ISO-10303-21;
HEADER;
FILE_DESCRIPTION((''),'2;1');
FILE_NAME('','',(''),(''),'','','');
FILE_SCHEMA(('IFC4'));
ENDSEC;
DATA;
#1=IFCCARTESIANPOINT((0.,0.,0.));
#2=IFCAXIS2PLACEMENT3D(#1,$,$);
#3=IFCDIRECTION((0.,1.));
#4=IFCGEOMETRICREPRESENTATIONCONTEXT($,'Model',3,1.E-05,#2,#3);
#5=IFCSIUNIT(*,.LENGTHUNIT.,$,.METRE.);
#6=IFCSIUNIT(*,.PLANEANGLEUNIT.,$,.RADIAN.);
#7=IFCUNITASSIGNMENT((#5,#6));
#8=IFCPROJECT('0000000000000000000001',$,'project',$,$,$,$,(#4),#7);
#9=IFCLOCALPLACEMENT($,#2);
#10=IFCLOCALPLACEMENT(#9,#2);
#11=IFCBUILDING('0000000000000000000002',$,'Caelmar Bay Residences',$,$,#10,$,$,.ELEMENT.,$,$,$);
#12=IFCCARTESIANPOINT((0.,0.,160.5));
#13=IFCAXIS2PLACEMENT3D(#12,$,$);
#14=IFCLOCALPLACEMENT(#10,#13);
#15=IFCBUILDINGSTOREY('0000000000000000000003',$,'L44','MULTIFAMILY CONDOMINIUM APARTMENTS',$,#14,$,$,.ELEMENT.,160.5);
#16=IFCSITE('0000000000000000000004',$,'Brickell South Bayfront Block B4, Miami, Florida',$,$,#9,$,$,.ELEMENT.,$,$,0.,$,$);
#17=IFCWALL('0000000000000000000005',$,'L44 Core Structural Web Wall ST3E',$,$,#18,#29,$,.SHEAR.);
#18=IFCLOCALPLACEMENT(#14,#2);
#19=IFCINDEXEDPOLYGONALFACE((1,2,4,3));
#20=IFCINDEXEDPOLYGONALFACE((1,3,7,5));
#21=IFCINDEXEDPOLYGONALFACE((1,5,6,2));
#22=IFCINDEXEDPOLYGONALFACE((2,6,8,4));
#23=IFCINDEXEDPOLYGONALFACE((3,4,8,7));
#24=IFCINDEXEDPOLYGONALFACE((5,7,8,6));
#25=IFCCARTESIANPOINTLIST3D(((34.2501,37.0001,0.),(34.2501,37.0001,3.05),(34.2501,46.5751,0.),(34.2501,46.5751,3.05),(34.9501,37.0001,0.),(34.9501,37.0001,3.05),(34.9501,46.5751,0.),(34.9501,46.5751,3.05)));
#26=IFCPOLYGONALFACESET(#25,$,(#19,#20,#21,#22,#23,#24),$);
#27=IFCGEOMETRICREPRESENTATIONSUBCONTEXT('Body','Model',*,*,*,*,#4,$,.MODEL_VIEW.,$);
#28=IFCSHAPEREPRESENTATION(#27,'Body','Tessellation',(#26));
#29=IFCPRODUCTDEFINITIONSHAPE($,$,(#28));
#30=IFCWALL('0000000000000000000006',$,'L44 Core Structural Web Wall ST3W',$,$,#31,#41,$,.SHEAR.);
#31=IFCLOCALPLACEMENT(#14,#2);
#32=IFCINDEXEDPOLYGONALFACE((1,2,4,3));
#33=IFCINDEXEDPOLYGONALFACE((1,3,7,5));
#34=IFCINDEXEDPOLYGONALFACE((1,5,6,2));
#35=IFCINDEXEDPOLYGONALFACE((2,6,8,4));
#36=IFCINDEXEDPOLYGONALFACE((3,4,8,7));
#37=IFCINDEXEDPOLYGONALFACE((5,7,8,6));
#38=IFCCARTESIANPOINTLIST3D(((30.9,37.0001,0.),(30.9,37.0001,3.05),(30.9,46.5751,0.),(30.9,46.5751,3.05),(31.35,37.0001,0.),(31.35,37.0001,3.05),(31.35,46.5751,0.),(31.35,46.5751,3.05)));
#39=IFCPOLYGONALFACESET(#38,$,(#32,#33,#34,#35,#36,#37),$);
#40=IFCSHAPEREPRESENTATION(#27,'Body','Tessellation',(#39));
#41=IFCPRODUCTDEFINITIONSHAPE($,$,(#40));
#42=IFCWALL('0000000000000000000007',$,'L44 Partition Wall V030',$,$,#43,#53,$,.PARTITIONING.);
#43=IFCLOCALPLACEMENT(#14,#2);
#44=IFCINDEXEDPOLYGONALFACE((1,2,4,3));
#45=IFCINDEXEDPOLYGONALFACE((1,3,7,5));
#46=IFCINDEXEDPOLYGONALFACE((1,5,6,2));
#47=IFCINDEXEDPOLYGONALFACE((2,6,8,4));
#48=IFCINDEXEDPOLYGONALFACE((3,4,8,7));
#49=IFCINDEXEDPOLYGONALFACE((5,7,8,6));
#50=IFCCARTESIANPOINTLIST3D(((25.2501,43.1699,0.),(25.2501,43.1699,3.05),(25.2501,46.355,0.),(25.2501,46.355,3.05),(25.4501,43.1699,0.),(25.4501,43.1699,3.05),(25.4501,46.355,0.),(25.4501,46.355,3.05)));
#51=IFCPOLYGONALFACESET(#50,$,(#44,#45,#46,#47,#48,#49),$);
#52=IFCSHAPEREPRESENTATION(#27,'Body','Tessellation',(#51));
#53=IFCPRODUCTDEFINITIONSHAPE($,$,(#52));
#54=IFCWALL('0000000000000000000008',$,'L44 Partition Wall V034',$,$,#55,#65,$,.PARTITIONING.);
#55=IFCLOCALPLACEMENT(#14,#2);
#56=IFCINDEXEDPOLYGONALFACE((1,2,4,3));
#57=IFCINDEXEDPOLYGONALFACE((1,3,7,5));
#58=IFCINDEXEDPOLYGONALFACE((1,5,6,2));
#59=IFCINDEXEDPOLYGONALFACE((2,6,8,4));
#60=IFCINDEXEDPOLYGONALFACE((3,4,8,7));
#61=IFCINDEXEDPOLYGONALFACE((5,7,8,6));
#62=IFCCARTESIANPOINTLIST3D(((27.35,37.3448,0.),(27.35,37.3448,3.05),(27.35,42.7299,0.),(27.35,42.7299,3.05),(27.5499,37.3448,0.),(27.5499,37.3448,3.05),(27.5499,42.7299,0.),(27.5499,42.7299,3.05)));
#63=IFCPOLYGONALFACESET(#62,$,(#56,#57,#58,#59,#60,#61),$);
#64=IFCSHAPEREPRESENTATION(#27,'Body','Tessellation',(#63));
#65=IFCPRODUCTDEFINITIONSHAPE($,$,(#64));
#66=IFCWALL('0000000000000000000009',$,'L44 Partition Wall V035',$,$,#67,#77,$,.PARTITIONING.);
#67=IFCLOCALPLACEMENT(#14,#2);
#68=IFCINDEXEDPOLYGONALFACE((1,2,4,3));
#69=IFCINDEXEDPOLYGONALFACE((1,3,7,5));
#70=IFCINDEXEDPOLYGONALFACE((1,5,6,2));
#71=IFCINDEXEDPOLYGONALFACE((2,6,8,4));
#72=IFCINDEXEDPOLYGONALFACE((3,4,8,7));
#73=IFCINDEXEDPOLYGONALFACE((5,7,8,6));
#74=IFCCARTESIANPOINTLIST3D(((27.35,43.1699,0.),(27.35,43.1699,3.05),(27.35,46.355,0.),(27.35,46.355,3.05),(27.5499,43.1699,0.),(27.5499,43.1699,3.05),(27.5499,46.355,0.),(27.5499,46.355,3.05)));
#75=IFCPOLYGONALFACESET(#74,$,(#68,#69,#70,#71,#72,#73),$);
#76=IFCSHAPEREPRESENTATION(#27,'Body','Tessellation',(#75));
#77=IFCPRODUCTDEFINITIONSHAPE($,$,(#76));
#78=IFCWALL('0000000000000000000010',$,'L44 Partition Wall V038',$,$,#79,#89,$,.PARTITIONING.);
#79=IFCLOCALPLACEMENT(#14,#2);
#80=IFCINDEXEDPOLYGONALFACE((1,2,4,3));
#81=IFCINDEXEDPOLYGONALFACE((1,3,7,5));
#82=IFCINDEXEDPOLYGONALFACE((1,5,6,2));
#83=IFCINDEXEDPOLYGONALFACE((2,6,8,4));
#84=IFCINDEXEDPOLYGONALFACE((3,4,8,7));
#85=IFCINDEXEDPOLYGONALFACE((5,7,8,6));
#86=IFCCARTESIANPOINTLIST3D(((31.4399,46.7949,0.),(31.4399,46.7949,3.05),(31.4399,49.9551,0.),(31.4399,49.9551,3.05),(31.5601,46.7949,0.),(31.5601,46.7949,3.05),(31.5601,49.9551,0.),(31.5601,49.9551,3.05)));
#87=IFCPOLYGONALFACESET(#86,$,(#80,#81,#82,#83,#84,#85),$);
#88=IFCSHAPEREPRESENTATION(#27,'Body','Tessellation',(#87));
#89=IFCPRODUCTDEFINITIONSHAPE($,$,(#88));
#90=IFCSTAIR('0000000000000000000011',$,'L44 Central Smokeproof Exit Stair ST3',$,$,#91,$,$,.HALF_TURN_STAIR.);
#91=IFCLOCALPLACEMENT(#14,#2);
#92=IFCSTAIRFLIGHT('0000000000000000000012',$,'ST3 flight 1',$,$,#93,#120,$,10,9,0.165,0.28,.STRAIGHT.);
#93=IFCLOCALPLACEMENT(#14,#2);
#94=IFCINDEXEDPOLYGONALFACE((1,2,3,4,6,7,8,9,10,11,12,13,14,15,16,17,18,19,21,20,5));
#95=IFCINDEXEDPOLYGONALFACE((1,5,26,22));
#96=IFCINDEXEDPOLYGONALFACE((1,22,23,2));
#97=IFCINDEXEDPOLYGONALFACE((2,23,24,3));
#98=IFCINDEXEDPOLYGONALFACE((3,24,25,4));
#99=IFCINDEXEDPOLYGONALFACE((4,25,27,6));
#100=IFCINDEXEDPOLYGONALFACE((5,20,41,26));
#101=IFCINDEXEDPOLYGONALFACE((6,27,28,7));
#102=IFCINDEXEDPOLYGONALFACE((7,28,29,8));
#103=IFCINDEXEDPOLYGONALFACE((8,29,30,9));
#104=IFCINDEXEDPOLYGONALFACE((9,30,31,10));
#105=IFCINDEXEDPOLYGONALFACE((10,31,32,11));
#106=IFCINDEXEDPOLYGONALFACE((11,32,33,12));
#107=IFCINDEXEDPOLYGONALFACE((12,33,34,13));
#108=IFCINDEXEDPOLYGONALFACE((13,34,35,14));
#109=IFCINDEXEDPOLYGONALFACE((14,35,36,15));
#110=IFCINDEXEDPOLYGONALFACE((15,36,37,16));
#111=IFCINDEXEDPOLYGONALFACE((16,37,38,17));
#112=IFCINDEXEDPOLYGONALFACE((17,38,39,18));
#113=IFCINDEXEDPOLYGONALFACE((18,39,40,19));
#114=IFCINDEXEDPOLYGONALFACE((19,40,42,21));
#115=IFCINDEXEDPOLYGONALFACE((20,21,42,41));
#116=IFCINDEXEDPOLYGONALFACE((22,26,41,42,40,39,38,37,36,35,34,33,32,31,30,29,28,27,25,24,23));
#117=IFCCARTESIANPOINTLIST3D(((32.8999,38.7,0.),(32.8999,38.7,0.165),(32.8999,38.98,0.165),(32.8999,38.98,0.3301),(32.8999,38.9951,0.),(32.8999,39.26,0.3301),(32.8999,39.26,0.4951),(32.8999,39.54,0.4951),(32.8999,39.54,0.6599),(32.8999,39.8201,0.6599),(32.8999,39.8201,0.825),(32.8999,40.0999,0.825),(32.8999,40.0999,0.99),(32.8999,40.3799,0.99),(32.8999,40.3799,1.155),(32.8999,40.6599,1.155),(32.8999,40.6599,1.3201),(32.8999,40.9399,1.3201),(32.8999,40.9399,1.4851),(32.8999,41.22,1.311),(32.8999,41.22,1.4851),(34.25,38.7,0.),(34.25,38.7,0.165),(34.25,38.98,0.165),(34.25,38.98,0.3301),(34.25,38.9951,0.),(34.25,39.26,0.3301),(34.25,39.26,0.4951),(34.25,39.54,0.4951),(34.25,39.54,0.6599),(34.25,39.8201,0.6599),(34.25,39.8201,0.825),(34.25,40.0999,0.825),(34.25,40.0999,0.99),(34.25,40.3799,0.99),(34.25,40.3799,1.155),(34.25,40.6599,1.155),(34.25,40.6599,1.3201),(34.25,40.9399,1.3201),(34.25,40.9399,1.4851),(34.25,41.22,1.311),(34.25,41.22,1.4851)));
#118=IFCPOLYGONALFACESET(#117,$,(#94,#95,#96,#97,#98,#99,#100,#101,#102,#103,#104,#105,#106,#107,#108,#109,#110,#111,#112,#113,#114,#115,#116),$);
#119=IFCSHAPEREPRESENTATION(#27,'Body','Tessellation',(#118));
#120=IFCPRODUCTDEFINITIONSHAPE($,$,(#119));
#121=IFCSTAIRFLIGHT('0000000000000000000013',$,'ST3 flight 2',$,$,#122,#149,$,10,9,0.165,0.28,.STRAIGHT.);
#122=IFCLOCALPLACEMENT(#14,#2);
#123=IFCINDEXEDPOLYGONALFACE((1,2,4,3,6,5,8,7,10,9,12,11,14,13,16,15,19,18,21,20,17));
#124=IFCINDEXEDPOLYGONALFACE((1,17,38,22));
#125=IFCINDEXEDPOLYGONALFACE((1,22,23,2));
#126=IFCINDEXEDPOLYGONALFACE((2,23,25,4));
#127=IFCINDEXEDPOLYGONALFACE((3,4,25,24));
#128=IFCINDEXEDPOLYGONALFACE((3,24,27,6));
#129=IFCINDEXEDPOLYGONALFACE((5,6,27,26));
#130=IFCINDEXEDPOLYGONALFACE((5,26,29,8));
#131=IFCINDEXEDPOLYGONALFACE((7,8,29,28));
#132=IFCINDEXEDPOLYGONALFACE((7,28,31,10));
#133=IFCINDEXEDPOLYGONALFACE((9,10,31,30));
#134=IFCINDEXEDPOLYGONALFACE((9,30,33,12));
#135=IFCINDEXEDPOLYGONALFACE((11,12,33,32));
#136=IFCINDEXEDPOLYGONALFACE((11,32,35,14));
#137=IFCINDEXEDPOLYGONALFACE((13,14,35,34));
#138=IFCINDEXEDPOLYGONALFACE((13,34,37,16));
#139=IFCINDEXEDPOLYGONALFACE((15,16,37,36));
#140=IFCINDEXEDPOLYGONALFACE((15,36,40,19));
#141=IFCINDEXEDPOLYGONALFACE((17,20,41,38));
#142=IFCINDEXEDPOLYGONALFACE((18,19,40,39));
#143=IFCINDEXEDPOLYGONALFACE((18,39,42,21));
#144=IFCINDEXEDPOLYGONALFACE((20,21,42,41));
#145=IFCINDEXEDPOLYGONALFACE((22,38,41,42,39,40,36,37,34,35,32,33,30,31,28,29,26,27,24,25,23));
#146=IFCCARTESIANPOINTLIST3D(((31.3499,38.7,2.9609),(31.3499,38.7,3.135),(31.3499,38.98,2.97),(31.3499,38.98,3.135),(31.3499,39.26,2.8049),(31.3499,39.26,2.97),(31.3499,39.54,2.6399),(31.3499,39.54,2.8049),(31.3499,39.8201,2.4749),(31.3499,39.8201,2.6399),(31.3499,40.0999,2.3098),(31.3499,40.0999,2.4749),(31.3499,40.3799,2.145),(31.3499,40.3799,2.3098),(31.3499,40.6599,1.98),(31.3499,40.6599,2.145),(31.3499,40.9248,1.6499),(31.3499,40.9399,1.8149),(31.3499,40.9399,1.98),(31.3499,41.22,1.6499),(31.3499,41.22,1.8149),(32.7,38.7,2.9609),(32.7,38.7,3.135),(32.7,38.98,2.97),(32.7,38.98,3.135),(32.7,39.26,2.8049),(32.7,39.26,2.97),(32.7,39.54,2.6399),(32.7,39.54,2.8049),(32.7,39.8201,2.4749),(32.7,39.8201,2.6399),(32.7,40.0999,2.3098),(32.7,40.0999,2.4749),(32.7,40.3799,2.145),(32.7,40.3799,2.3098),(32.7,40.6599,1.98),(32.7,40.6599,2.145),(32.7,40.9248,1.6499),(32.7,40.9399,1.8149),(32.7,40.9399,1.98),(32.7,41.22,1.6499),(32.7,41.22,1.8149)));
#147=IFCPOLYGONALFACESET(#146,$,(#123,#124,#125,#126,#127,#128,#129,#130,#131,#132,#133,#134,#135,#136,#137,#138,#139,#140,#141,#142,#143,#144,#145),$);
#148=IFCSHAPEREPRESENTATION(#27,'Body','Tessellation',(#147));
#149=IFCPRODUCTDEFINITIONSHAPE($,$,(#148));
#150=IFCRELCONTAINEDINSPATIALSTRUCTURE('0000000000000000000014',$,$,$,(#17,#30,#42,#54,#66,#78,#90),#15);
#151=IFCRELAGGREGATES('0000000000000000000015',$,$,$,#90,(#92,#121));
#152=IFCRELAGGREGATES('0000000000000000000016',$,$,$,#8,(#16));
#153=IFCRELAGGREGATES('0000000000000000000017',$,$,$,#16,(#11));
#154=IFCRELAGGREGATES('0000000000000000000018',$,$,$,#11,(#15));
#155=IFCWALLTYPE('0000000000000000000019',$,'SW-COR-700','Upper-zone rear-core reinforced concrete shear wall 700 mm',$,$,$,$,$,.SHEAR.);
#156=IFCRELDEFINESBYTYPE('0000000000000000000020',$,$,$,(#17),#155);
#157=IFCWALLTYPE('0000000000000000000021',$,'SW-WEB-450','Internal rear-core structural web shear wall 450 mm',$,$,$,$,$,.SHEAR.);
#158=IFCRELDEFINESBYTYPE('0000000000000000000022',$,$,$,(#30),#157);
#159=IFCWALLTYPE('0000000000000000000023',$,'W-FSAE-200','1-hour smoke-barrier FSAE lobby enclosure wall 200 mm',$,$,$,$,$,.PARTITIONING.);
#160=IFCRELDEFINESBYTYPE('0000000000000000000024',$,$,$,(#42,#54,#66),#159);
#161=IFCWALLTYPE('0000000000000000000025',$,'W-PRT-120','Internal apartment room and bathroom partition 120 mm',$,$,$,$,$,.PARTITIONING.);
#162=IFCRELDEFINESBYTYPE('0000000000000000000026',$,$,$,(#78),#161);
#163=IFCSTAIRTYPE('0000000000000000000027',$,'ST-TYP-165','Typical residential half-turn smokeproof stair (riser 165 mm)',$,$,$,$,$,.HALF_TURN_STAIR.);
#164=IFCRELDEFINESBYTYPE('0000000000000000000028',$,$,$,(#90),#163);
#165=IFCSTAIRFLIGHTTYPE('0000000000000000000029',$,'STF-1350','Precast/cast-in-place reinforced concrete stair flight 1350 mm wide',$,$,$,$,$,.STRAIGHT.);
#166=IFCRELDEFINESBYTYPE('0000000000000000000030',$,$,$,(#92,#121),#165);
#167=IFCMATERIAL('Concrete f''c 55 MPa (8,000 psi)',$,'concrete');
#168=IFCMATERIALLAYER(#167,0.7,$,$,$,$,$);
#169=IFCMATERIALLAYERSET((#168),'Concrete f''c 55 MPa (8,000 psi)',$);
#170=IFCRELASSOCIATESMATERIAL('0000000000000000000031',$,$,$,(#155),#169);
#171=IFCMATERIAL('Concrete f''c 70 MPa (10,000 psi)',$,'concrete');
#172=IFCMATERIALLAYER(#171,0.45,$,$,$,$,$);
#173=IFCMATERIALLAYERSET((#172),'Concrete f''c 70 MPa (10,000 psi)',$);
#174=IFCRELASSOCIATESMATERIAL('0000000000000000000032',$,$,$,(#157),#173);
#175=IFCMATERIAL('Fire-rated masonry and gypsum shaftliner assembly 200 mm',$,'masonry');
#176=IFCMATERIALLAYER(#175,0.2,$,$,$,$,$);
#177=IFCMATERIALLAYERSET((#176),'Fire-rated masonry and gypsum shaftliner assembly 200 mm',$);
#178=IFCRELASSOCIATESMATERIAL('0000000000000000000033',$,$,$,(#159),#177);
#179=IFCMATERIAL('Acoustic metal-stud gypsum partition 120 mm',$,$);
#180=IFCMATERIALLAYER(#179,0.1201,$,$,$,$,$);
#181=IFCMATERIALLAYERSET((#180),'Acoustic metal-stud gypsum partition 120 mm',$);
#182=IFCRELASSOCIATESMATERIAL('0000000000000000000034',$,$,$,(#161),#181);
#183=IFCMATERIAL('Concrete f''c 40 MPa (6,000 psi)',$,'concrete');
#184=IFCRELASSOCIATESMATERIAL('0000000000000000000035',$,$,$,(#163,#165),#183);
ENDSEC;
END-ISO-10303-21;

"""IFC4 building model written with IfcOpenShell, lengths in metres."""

from ifc_helpers import new_model, si_unit, direction, frame, frame_2d, origin, place, context, subcontext, project, spatial, polyline, rectangle, outline, extrude, material, layer, layer_set, type_object, element, aggregate, save


model = new_model("IFC4")

# Units and contexts
model_context = context("Model", 3, precision=1e-05, world=origin(), true_north=direction((0.0, 1.0)))
body_context = subcontext(model_context, "Body", "Model", "MODEL_VIEW")
ifc_project = project(units=[si_unit("LENGTHUNIT", "METRE"), si_unit("PLANEANGLEUNIT", "RADIAN")], contexts=[model_context])

# Site, building, storey
site_placement = place(None, origin())
site = spatial("IfcSite", under=ifc_project, at=site_placement, Name="Brickell South Bayfront Block B4, Miami, Florida", CompositionType="ELEMENT", RefElevation=0.0)
building_placement = place(site_placement, origin())
building = spatial("IfcBuilding", under=site, at=building_placement, Name="Caelmar Bay Residences", CompositionType="ELEMENT")
storey_placement = place(building_placement, frame((0.0, 0.0, 160.5)))
storey = spatial("IfcBuildingStorey", under=building, at=storey_placement, Name="L44", Description="MULTIFAMILY CONDOMINIUM APARTMENTS", CompositionType="ELEMENT", Elevation=160.5)

# Walls
ifc_material_1 = material(Name="Concrete f'c 55 MPa (8,000 psi)", Category="concrete")
ifc_layer_1 = layer(ifc_material_1, 0.7)
ifc_layer_set_1 = layer_set([ifc_layer_1], Name="Concrete f'c 55 MPa (8,000 psi)")
wall_type_1 = type_object("IfcWallType", Name="SW-COR-700", Description="Upper-zone rear-core reinforced concrete shear wall 700 mm", PredefinedType="SHEAR", material=ifc_layer_set_1)
wall_1_placement = place(storey_placement, frame((34.6001, 37.0, 0.0), z_axis=(0.0, 0.0, 1.0), x_axis=(0.0, 1.0, 0.0)))
element("IfcWall", 1, at=wall_1_placement, inside=storey, type_object=wall_type_1, Name="L44 Core Structural Web Wall ST3E", PredefinedType="SHEAR", context=body_context, shape_type="SweptSolid", body=[
    extrude(rectangle(XDim=9.575, YDim=0.7, at=frame_2d((4.7876, 0.0))), origin(), (0.0, 0.0, 1.0), 3.05),
])
ifc_material_2 = material(Name="Concrete f'c 70 MPa (10,000 psi)", Category="concrete")
ifc_layer_2 = layer(ifc_material_2, 0.45)
ifc_layer_set_2 = layer_set([ifc_layer_2], Name="Concrete f'c 70 MPa (10,000 psi)")
wall_type_2 = type_object("IfcWallType", Name="SW-WEB-450", Description="Internal rear-core structural web shear wall 450 mm", PredefinedType="SHEAR", material=ifc_layer_set_2)
wall_2_placement = place(storey_placement, frame((31.125, 37.0, 0.0), z_axis=(0.0, 0.0, 1.0), x_axis=(0.0, 1.0, 0.0)))
element("IfcWall", 2, at=wall_2_placement, inside=storey, type_object=wall_type_2, Name="L44 Core Structural Web Wall ST3W", PredefinedType="SHEAR", context=body_context, shape_type="SweptSolid", body=[
    extrude(rectangle(XDim=9.575, YDim=0.45, at=frame_2d((4.7876, 0.0))), origin(), (0.0, 0.0, 1.0), 3.05),
])
ifc_material_3 = material(Name="Fire-rated masonry and gypsum shaftliner assembly 200 mm", Category="masonry")
ifc_layer_3 = layer(ifc_material_3, 0.2)
ifc_layer_set_3 = layer_set([ifc_layer_3], Name="Fire-rated masonry and gypsum shaftliner assembly 200 mm")
wall_type_3 = type_object("IfcWallType", Name="W-FSAE-200", Description="1-hour smoke-barrier FSAE lobby enclosure wall 200 mm", PredefinedType="PARTITIONING", material=ifc_layer_set_3)
wall_3_placement = place(storey_placement, frame((25.3501, 43.1699, 0.0), z_axis=(0.0, 0.0, 1.0), x_axis=(0.0, 1.0, 0.0)))
element("IfcWall", 3, at=wall_3_placement, inside=storey, type_object=wall_type_3, Name="L44 Partition Wall V030", PredefinedType="PARTITIONING", context=body_context, shape_type="SweptSolid", body=[
    extrude(rectangle(XDim=3.1851, YDim=0.2, at=frame_2d((1.5925, 0.0))), origin(), (0.0, 0.0, 1.0), 3.05),
])
wall_4_placement = place(storey_placement, frame((27.45, 37.345, 0.0), z_axis=(0.0, 0.0, 1.0), x_axis=(0.0, 1.0, 0.0)))
element("IfcWall", 4, at=wall_4_placement, inside=storey, type_object=wall_type_3, Name="L44 Partition Wall V034", PredefinedType="PARTITIONING", context=body_context, shape_type="SweptSolid", body=[
    extrude(rectangle(XDim=5.385, YDim=0.2, at=frame_2d((2.6924, 0.0))), origin(), (0.0, 0.0, 1.0), 3.05),
])
wall_5_placement = place(storey_placement, frame((27.45, 43.1699, 0.0), z_axis=(0.0, 0.0, 1.0), x_axis=(0.0, 1.0, 0.0)))
element("IfcWall", 5, at=wall_5_placement, inside=storey, type_object=wall_type_3, Name="L44 Partition Wall V035", PredefinedType="PARTITIONING", context=body_context, shape_type="SweptSolid", body=[
    extrude(rectangle(XDim=3.1851, YDim=0.2, at=frame_2d((1.5925, 0.0))), origin(), (0.0, 0.0, 1.0), 3.05),
])
ifc_material_4 = material(Name="Acoustic metal-stud gypsum partition 120 mm")
ifc_layer_4 = layer(ifc_material_4, 0.1201)
ifc_layer_set_4 = layer_set([ifc_layer_4], Name="Acoustic metal-stud gypsum partition 120 mm")
wall_type_4 = type_object("IfcWallType", Name="W-PRT-120", Description="Internal apartment room and bathroom partition 120 mm", PredefinedType="PARTITIONING", material=ifc_layer_set_4)
wall_6_placement = place(storey_placement, frame((31.5, 46.7949, 0.0), z_axis=(0.0, 0.0, 1.0), x_axis=(0.0, 1.0, 0.0)))
element("IfcWall", 6, at=wall_6_placement, inside=storey, type_object=wall_type_4, Name="L44 Partition Wall V038", PredefinedType="PARTITIONING", context=body_context, shape_type="SweptSolid", body=[
    extrude(rectangle(XDim=3.1602, YDim=0.1201, at=frame_2d((1.5801, 0.0))), origin(), (0.0, 0.0, 1.0), 3.05),
])

# Stair, stair flights
ifc_material_5 = material(Name="Concrete f'c 40 MPa (6,000 psi)", Category="concrete")
stair_type = type_object("IfcStairType", Name="ST-TYP-165", Description="Typical residential half-turn smokeproof stair (riser 165 mm)", PredefinedType="HALF_TURN_STAIR", material=ifc_material_5)
stair_placement = place(storey_placement, origin())
stair = element("IfcStair", 7, at=stair_placement, inside=storey, type_object=stair_type, Name="L44 Central Smokeproof Exit Stair ST3", PredefinedType="HALF_TURN_STAIR")
stair_flight_type = type_object("IfcStairFlightType", Name="STF-1350", Description="Precast/cast-in-place reinforced concrete stair flight 1350 mm wide", PredefinedType="STRAIGHT", material=ifc_material_5)
stair_flight_1_placement = place(storey_placement, frame((33.575, 38.7, 0.0), z_axis=(0.0, 0.0, 1.0), x_axis=(0.0, 1.0, 0.0)))
stair_flight_1 = element("IfcStairFlight", 8, at=stair_flight_1_placement, type_object=stair_flight_type, Name="ST3 flight 1", NumberOfRisers=10, NumberOfTreads=9, PredefinedType="STRAIGHT", RiserHeight=0.165, TreadLength=0.28, context=body_context, shape_type="SweptSolid", body=[
    extrude(outline(polyline([(0.0, 0.0), (0.0, 0.165), (0.28, 0.165), (0.28, 0.3301), (0.5601, 0.3301), (0.5601, 0.4951), (0.8401, 0.4951), (0.8401, 0.6599), (1.1201, 0.6599), (1.1201, 0.825), (1.3999, 0.825), (1.3999, 0.99), (1.6799, 0.99), (1.6799, 1.155), (1.96, 1.155), (1.96, 1.3201), (2.24, 1.3201), (2.24, 1.4851), (2.52, 1.4851), (2.52, 1.6499), (2.52, 1.311), (0.2952, 0.0), (0.0, 0.0)])), frame((0.0, 0.675, 0.0), z_axis=(0.0, -1.0, 0.0), x_axis=(1.0, 0.0, 0.0)), (0.0, 0.0, 1.0), 1.3501),
])
stair_flight_2_placement = place(storey_placement, frame((32.0249, 41.22, 1.6499), z_axis=(0.0, 0.0, 1.0), x_axis=(0.0, -1.0, 0.0)))
stair_flight_2 = element("IfcStairFlight", 9, at=stair_flight_2_placement, type_object=stair_flight_type, Name="ST3 flight 2", NumberOfRisers=10, NumberOfTreads=9, PredefinedType="STRAIGHT", RiserHeight=0.165, TreadLength=0.28, context=body_context, shape_type="SweptSolid", body=[
    extrude(outline(polyline([(0.0, 0.0), (0.0, 0.165), (0.28, 0.165), (0.28, 0.3301), (0.5601, 0.3301), (0.5601, 0.4951), (0.8401, 0.4951), (0.8401, 0.6599), (1.1201, 0.6599), (1.1201, 0.825), (1.3999, 0.825), (1.3999, 0.99), (1.6799, 0.99), (1.6799, 1.155), (1.96, 1.155), (1.96, 1.3201), (2.24, 1.3201), (2.24, 1.4851), (2.52, 1.4851), (2.52, 1.6499), (2.52, 1.311), (0.2952, 0.0), (0.0, 0.0)])), frame((0.0, 0.675, 0.0), z_axis=(0.0, -1.0, 0.0), x_axis=(1.0, 0.0, 0.0)), (0.0, 0.0, 1.0), 1.3501),
])
aggregate(stair, [stair_flight_1, stair_flight_2])

save(model, "model.ifc")
